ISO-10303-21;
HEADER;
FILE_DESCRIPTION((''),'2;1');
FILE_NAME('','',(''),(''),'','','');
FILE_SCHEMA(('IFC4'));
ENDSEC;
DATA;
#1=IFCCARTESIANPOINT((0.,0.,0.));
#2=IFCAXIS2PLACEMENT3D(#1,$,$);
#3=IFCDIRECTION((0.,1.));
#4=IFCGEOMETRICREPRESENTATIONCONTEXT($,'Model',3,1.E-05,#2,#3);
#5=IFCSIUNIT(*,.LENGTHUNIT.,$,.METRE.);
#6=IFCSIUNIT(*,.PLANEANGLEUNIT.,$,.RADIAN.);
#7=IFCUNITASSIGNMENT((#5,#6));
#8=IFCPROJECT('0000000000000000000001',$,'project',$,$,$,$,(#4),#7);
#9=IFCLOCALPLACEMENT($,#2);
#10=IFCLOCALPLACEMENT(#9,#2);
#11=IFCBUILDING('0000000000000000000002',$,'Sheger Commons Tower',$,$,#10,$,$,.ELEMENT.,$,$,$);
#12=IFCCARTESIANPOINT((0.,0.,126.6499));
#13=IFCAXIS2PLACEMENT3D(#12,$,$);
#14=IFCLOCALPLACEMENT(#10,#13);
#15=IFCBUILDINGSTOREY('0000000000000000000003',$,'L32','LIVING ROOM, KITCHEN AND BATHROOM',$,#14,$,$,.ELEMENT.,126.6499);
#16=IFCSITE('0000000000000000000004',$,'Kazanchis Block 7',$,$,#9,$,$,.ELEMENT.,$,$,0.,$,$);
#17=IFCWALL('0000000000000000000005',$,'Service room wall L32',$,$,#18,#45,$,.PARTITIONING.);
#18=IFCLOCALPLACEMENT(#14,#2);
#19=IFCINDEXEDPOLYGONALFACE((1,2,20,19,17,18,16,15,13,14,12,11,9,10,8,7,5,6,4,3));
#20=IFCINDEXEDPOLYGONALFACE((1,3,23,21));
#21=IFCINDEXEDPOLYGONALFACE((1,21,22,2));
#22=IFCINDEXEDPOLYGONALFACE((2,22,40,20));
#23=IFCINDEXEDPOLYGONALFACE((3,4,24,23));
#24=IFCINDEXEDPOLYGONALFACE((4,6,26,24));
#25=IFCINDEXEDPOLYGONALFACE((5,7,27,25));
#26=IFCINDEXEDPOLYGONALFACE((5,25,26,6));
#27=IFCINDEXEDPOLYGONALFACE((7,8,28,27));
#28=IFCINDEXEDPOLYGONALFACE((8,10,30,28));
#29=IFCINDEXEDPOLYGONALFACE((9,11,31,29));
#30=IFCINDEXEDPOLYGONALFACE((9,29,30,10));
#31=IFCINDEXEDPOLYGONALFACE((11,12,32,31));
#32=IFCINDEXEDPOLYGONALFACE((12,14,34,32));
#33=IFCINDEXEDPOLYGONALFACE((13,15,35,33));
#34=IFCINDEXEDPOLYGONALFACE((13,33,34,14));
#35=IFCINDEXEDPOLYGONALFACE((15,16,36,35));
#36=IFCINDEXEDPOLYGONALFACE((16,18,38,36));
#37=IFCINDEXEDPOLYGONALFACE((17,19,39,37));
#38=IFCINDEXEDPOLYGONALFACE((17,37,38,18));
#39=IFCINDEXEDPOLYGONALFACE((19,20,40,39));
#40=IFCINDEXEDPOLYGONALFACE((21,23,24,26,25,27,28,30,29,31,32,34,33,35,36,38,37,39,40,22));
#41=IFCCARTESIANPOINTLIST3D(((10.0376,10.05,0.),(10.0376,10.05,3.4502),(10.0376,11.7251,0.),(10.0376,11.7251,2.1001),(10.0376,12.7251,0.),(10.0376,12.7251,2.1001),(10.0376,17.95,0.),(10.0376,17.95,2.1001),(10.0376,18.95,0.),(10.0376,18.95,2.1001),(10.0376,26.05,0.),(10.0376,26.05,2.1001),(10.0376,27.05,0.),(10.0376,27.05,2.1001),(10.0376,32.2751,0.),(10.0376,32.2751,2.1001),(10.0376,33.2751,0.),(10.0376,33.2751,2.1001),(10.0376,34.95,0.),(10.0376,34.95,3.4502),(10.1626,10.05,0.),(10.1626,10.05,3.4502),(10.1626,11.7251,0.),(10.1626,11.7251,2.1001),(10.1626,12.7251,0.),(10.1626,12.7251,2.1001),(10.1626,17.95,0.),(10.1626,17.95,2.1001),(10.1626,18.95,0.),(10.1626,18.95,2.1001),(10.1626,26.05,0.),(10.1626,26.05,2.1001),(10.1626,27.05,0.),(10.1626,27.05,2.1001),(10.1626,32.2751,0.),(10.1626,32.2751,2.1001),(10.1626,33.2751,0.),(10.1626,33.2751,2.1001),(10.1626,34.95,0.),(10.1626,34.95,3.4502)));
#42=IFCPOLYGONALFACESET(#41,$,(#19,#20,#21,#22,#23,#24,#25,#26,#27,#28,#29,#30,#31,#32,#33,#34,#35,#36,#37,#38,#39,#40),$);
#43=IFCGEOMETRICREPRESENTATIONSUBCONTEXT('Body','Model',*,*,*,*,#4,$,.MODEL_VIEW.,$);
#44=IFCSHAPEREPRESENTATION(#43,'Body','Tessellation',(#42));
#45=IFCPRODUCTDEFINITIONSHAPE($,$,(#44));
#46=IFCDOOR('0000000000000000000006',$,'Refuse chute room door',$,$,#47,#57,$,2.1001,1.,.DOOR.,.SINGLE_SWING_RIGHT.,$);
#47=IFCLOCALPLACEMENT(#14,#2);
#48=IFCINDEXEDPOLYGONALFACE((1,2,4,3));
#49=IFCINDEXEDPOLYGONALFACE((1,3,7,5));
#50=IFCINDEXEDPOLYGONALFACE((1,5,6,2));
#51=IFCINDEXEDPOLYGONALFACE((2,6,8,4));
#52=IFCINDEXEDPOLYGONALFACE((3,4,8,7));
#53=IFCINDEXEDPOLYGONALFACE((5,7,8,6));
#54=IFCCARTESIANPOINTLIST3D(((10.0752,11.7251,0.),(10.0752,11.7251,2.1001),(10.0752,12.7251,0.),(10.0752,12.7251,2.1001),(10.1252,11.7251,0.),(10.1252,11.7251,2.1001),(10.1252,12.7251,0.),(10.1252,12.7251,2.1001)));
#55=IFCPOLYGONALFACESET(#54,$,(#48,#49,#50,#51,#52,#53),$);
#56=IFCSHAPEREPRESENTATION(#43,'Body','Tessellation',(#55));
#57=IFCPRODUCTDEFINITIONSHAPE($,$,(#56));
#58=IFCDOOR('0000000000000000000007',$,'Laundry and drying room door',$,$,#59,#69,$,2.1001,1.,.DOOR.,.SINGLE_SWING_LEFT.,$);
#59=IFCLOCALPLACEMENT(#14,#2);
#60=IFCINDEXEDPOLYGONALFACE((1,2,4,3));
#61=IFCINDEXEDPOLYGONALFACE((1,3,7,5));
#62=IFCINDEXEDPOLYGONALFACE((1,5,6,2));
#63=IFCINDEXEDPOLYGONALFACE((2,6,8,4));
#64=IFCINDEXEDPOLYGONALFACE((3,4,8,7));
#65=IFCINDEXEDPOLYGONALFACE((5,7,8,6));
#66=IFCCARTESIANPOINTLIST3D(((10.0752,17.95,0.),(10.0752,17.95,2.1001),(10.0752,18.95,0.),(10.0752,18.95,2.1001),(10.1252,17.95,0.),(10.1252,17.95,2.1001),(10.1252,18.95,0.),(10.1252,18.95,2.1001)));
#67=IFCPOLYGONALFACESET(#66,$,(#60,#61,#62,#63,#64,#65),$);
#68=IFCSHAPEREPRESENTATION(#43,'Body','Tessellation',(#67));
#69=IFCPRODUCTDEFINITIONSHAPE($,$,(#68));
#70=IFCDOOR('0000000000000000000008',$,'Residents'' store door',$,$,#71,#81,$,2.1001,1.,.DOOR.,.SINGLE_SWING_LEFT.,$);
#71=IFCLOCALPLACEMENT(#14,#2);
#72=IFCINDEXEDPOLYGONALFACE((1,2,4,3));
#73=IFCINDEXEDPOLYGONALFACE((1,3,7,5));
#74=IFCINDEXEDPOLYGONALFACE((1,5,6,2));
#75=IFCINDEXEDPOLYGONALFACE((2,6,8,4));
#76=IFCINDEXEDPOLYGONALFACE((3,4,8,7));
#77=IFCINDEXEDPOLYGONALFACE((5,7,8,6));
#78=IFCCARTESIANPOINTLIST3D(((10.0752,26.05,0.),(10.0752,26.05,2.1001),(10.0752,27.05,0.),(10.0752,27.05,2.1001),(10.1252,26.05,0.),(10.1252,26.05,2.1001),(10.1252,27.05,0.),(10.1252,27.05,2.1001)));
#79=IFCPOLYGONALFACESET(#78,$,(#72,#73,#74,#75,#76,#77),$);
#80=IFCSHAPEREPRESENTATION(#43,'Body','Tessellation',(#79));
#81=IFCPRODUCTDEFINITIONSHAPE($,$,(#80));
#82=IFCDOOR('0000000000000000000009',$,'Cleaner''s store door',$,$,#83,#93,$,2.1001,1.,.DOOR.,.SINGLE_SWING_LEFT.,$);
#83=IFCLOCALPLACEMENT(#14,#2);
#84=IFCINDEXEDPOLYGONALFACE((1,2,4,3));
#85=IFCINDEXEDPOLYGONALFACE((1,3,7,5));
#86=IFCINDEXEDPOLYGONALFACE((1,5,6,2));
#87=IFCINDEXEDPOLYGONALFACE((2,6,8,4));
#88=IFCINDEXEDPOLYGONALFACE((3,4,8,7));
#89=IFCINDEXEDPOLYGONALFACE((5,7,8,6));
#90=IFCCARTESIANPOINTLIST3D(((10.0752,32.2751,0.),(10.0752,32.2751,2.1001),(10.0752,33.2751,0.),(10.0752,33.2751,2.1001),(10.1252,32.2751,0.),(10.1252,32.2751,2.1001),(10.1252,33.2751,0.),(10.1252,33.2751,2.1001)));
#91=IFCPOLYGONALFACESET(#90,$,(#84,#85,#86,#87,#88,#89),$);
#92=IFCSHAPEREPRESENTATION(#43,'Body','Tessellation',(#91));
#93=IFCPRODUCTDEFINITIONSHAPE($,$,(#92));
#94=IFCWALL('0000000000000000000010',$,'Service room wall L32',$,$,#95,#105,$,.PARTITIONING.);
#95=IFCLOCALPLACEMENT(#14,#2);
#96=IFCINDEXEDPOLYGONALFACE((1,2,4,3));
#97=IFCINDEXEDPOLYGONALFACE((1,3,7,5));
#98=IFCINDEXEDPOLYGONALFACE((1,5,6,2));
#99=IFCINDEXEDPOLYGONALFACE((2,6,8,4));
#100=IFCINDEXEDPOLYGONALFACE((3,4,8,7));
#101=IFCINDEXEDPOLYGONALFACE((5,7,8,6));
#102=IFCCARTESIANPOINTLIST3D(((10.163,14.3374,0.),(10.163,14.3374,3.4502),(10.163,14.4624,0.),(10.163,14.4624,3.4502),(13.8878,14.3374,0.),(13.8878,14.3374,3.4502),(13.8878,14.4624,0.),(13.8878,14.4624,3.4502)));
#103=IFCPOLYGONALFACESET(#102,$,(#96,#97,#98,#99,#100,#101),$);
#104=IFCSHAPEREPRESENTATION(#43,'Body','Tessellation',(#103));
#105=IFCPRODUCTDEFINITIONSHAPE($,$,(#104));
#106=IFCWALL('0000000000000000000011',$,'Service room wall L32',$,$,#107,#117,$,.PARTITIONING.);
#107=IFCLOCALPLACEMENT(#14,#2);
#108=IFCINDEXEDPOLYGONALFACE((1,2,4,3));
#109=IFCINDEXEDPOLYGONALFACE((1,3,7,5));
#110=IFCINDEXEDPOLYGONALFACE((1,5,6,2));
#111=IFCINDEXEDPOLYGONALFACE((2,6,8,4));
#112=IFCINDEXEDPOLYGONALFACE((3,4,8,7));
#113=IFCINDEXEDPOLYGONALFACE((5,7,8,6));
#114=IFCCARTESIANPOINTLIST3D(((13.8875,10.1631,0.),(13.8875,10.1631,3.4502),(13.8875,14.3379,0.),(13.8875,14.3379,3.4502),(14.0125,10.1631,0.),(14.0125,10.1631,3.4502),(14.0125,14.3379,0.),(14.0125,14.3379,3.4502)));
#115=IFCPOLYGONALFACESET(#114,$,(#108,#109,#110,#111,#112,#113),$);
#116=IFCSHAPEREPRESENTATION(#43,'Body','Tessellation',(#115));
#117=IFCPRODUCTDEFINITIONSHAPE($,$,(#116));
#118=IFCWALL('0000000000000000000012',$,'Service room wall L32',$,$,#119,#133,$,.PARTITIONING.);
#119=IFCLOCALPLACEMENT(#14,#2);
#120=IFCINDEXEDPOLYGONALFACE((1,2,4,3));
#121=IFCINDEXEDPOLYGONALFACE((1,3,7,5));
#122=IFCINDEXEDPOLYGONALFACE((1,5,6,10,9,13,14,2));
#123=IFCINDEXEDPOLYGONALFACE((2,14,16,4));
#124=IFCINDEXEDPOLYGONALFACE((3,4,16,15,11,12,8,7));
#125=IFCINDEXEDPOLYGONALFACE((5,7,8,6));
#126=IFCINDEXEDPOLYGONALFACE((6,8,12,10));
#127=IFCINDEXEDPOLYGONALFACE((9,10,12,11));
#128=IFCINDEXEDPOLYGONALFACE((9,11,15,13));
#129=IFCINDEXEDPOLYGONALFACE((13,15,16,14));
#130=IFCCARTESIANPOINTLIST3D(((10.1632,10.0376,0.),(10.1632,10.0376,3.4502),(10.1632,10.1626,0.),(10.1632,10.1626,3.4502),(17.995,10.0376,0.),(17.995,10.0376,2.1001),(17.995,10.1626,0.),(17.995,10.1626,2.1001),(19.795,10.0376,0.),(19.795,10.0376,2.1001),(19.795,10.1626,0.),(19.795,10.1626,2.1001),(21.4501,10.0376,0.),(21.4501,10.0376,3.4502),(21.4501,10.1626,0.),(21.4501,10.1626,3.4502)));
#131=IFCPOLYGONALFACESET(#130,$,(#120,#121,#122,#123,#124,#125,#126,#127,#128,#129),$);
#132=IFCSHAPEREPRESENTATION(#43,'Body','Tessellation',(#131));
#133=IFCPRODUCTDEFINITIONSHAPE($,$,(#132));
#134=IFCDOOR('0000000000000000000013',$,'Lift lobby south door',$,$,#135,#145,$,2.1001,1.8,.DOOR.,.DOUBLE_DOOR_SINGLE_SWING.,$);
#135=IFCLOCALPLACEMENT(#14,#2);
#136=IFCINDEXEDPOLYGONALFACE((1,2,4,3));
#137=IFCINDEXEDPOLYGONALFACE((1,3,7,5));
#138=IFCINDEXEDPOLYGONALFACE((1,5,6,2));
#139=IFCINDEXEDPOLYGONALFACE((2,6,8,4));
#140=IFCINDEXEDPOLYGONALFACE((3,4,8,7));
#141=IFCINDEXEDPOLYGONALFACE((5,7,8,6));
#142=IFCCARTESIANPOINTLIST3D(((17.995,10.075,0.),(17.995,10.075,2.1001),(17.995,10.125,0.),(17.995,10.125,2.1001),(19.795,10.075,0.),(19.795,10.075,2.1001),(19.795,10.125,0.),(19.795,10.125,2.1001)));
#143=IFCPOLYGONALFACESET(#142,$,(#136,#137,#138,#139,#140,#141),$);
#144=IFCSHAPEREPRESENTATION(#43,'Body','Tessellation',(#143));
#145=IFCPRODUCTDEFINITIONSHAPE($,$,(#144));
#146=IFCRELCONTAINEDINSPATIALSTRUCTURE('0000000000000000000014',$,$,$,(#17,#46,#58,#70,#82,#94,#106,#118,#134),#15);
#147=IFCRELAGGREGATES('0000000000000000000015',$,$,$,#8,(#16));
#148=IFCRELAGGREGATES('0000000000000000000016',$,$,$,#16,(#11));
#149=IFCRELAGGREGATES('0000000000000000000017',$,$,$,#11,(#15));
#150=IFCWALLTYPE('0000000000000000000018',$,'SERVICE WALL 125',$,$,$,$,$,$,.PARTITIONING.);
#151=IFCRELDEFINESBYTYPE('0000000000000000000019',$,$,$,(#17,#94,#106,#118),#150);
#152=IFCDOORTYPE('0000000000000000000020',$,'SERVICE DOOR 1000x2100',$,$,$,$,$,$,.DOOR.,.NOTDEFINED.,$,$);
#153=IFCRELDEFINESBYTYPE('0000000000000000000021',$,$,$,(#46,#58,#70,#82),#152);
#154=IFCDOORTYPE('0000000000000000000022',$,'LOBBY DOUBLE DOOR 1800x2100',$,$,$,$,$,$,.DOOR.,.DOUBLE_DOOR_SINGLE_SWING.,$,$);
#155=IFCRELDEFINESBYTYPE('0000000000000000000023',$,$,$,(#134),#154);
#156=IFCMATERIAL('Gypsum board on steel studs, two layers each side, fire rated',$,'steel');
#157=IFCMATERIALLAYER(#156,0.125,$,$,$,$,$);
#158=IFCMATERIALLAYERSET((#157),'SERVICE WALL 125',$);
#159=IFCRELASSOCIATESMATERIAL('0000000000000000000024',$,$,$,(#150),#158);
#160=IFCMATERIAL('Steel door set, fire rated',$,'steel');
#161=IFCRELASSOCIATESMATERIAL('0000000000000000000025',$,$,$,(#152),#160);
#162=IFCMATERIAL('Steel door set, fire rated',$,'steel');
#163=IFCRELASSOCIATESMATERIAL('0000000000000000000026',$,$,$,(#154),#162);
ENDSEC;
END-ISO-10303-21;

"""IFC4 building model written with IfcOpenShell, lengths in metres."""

from ifc_helpers import new_model, si_unit, direction, frame, frame_2d, origin, place, context, subcontext, project, spatial, rectangle, extrude, material, layer, layer_set, type_object, element, fill, save


model = new_model("IFC4")

# Units and contexts
model_context = context("Model", 3, precision=1e-05, world=origin(), true_north=direction((0.0, 1.0)))
body_context = subcontext(model_context, "Body", "Model", "MODEL_VIEW")
ifc_project = project(units=[si_unit("LENGTHUNIT", "METRE"), si_unit("PLANEANGLEUNIT", "RADIAN")], contexts=[model_context])

# Site, building, storey
site_placement = place(None, origin())
site = spatial("IfcSite", under=ifc_project, at=site_placement, Name="Kazanchis Block 7", CompositionType="ELEMENT", RefElevation=0.0)
building_placement = place(site_placement, origin())
building = spatial("IfcBuilding", under=site, at=building_placement, Name="Sheger Commons Tower", CompositionType="ELEMENT")
storey_placement = place(building_placement, frame((0.0, 0.0, 126.6499)))
storey = spatial("IfcBuildingStorey", under=building, at=storey_placement, Name="L32", Description="LIVING ROOM, KITCHEN AND BATHROOM", CompositionType="ELEMENT", Elevation=126.6499)

# Wall, openings, doors
ifc_material_1 = material(Name="Gypsum board on steel studs, two layers each side, fire rated", Category="steel")
ifc_layer_1 = layer(ifc_material_1, 0.125)
ifc_layer_set_1 = layer_set([ifc_layer_1], Name="SERVICE WALL 125")
wall_type_1 = type_object("IfcWallType", Name="SERVICE WALL 125", PredefinedType="PARTITIONING", material=ifc_layer_set_1)
wall_1_placement = place(storey_placement, frame((10.1001, 10.05, 0.0), z_axis=(0.0, 0.0, 1.0), x_axis=(0.0, 1.0, 0.0)))
wall_1 = element("IfcWall", 1, at=wall_1_placement, inside=storey, type_object=wall_type_1, Name="Service room wall L32", PredefinedType="PARTITIONING", context=body_context, shape_type="SweptSolid", body=[
    extrude(rectangle(XDim=24.8999, YDim=0.125, at=frame_2d((12.45, 0.0))), origin(), (0.0, 0.0, 1.0), 3.4502),
])
opening_1_placement = place(wall_1_placement, frame((1.675, 0.0, 0.0)))
opening_1 = element("IfcOpeningElement", 2, at=opening_1_placement, cuts=wall_1, PredefinedType="OPENING", context=body_context, shape_type="SweptSolid", body=[
    extrude(rectangle(XDim=1.0, YDim=2.1001, at=frame_2d((0.5, 1.05))), frame((0.0, 0.0725, 0.0), z_axis=(0.0, -1.0, 0.0), x_axis=(1.0, 0.0, 0.0)), (0.0, 0.0, 1.0), 0.145),
])
opening_2_placement = place(wall_1_placement, frame((7.8999, 0.0, 0.0)))
opening_2 = element("IfcOpeningElement", 3, at=opening_2_placement, cuts=wall_1, PredefinedType="OPENING", context=body_context, shape_type="SweptSolid", body=[
    extrude(rectangle(XDim=1.0, YDim=2.1001, at=frame_2d((0.5, 1.05))), frame((0.0, 0.0725, 0.0), z_axis=(0.0, -1.0, 0.0), x_axis=(1.0, 0.0, 0.0)), (0.0, 0.0, 1.0), 0.145),
])
opening_3_placement = place(wall_1_placement, frame((16.0, 0.0, 0.0)))
opening_3 = element("IfcOpeningElement", 4, at=opening_3_placement, cuts=wall_1, PredefinedType="OPENING", context=body_context, shape_type="SweptSolid", body=[
    extrude(rectangle(XDim=1.0, YDim=2.1001, at=frame_2d((0.5, 1.05))), frame((0.0, 0.0725, 0.0), z_axis=(0.0, -1.0, 0.0), x_axis=(1.0, 0.0, 0.0)), (0.0, 0.0, 1.0), 0.145),
])
opening_4_placement = place(wall_1_placement, frame((22.2251, 0.0, 0.0)))
opening_4 = element("IfcOpeningElement", 5, at=opening_4_placement, cuts=wall_1, PredefinedType="OPENING", context=body_context, shape_type="SweptSolid", body=[
    extrude(rectangle(XDim=1.0, YDim=2.1001, at=frame_2d((0.5, 1.05))), frame((0.0, 0.0725, 0.0), z_axis=(0.0, -1.0, 0.0), x_axis=(1.0, 0.0, 0.0)), (0.0, 0.0, 1.0), 0.145),
])
ifc_material_2 = material(Name="Steel door set, fire rated", Category="steel")
door_type_1 = type_object("IfcDoorType", Name="SERVICE DOOR 1000x2100", OperationType="NOTDEFINED", PredefinedType="DOOR", material=ifc_material_2)
door_1_placement = place(opening_1_placement, origin())
door_1 = element("IfcDoor", 6, at=door_1_placement, inside=storey, type_object=door_type_1, Name="Refuse chute room door", OperationType="SINGLE_SWING_RIGHT", OverallHeight=2.1001, OverallWidth=1.0, PredefinedType="DOOR", context=body_context, shape_type="SweptSolid", body=[
    extrude(rectangle(XDim=1.0, YDim=2.1001, at=frame_2d((0.5, 1.05))), frame((0.0, 0.0249, 0.0), z_axis=(0.0, -1.0, 0.0), x_axis=(1.0, 0.0, 0.0)), (0.0, 0.0, 1.0), 0.05),
])
fill(opening_1, door_1)
door_2_placement = place(opening_2_placement, origin())
door_2 = element("IfcDoor", 7, at=door_2_placement, inside=storey, type_object=door_type_1, Name="Laundry and drying room door", OperationType="SINGLE_SWING_LEFT", OverallHeight=2.1001, OverallWidth=1.0, PredefinedType="DOOR", context=body_context, shape_type="SweptSolid", body=[
    extrude(rectangle(XDim=1.0, YDim=2.1001, at=frame_2d((0.5, 1.05))), frame((0.0, 0.0249, 0.0), z_axis=(0.0, -1.0, 0.0), x_axis=(1.0, 0.0, 0.0)), (0.0, 0.0, 1.0), 0.05),
])
fill(opening_2, door_2)
door_3_placement = place(opening_3_placement, origin())
door_3 = element("IfcDoor", 8, at=door_3_placement, inside=storey, type_object=door_type_1, Name="Residents' store door", OperationType="SINGLE_SWING_LEFT", OverallHeight=2.1001, OverallWidth=1.0, PredefinedType="DOOR", context=body_context, shape_type="SweptSolid", body=[
    extrude(rectangle(XDim=1.0, YDim=2.1001, at=frame_2d((0.5, 1.05))), frame((0.0, 0.0249, 0.0), z_axis=(0.0, -1.0, 0.0), x_axis=(1.0, 0.0, 0.0)), (0.0, 0.0, 1.0), 0.05),
])
fill(opening_3, door_3)
door_4_placement = place(opening_4_placement, origin())
door_4 = element("IfcDoor", 9, at=door_4_placement, inside=storey, type_object=door_type_1, Name="Cleaner's store door", OperationType="SINGLE_SWING_LEFT", OverallHeight=2.1001, OverallWidth=1.0, PredefinedType="DOOR", context=body_context, shape_type="SweptSolid", body=[
    extrude(rectangle(XDim=1.0, YDim=2.1001, at=frame_2d((0.5, 1.05))), frame((0.0, 0.0249, 0.0), z_axis=(0.0, -1.0, 0.0), x_axis=(1.0, 0.0, 0.0)), (0.0, 0.0, 1.0), 0.05),
])
fill(opening_4, door_4)

# Walls
wall_2_placement = place(storey_placement, frame((10.1631, 14.3999, 0.0), z_axis=(0.0, 0.0, 1.0), x_axis=(1.0, 0.0, 0.0)))
element("IfcWall", 10, at=wall_2_placement, inside=storey, type_object=wall_type_1, Name="Service room wall L32", PredefinedType="PARTITIONING", context=body_context, shape_type="SweptSolid", body=[
    extrude(rectangle(XDim=3.7249, YDim=0.125, at=frame_2d((1.8623, 0.0))), origin(), (0.0, 0.0, 1.0), 3.4502),
])
wall_3_placement = place(storey_placement, frame((13.95, 10.1631, 0.0), z_axis=(0.0, 0.0, 1.0), x_axis=(0.0, 1.0, 0.0)))
element("IfcWall", 11, at=wall_3_placement, inside=storey, type_object=wall_type_1, Name="Service room wall L32", PredefinedType="PARTITIONING", context=body_context, shape_type="SweptSolid", body=[
    extrude(rectangle(XDim=4.1748, YDim=0.125, at=frame_2d((2.0874, 0.0))), origin(), (0.0, 0.0, 1.0), 3.4502),
])

# Wall, opening, door
wall_4_placement = place(storey_placement, frame((10.1631, 10.1001, 0.0), z_axis=(0.0, 0.0, 1.0), x_axis=(1.0, 0.0, 0.0)))
wall_4 = element("IfcWall", 12, at=wall_4_placement, inside=storey, type_object=wall_type_1, Name="Service room wall L32", PredefinedType="PARTITIONING", context=body_context, shape_type="SweptSolid", body=[
    extrude(rectangle(XDim=11.2869, YDim=0.125, at=frame_2d((5.6436, 0.0))), origin(), (0.0, 0.0, 1.0), 3.4502),
])
opening_5_placement = place(wall_4_placement, frame((7.832, 0.0, 0.0)))
opening_5 = element("IfcOpeningElement", 13, at=opening_5_placement, cuts=wall_4, PredefinedType="OPENING", context=body_context, shape_type="SweptSolid", body=[
    extrude(rectangle(XDim=1.8, YDim=2.1001, at=frame_2d((0.8999, 1.05))), frame((0.0, 0.0725, 0.0), z_axis=(0.0, -1.0, 0.0), x_axis=(1.0, 0.0, 0.0)), (0.0, 0.0, 1.0), 0.145),
])
ifc_material_3 = material(Name="Steel door set, fire rated", Category="steel")
door_type_2 = type_object("IfcDoorType", Name="LOBBY DOUBLE DOOR 1800x2100", OperationType="DOUBLE_DOOR_SINGLE_SWING", PredefinedType="DOOR", material=ifc_material_3)
door_5_placement = place(opening_5_placement, origin())
door_5 = element("IfcDoor", 14, at=door_5_placement, inside=storey, type_object=door_type_2, Name="Lift lobby south door", OperationType="DOUBLE_DOOR_SINGLE_SWING", OverallHeight=2.1001, OverallWidth=1.8, PredefinedType="DOOR", context=body_context, shape_type="SweptSolid", body=[
    extrude(rectangle(XDim=1.8, YDim=2.1001, at=frame_2d((0.8999, 1.05))), frame((0.0, 0.0249, 0.0), z_axis=(0.0, -1.0, 0.0), x_axis=(1.0, 0.0, 0.0)), (0.0, 0.0, 1.0), 0.05),
])
fill(opening_5, door_5)

save(model, "model.ifc")
